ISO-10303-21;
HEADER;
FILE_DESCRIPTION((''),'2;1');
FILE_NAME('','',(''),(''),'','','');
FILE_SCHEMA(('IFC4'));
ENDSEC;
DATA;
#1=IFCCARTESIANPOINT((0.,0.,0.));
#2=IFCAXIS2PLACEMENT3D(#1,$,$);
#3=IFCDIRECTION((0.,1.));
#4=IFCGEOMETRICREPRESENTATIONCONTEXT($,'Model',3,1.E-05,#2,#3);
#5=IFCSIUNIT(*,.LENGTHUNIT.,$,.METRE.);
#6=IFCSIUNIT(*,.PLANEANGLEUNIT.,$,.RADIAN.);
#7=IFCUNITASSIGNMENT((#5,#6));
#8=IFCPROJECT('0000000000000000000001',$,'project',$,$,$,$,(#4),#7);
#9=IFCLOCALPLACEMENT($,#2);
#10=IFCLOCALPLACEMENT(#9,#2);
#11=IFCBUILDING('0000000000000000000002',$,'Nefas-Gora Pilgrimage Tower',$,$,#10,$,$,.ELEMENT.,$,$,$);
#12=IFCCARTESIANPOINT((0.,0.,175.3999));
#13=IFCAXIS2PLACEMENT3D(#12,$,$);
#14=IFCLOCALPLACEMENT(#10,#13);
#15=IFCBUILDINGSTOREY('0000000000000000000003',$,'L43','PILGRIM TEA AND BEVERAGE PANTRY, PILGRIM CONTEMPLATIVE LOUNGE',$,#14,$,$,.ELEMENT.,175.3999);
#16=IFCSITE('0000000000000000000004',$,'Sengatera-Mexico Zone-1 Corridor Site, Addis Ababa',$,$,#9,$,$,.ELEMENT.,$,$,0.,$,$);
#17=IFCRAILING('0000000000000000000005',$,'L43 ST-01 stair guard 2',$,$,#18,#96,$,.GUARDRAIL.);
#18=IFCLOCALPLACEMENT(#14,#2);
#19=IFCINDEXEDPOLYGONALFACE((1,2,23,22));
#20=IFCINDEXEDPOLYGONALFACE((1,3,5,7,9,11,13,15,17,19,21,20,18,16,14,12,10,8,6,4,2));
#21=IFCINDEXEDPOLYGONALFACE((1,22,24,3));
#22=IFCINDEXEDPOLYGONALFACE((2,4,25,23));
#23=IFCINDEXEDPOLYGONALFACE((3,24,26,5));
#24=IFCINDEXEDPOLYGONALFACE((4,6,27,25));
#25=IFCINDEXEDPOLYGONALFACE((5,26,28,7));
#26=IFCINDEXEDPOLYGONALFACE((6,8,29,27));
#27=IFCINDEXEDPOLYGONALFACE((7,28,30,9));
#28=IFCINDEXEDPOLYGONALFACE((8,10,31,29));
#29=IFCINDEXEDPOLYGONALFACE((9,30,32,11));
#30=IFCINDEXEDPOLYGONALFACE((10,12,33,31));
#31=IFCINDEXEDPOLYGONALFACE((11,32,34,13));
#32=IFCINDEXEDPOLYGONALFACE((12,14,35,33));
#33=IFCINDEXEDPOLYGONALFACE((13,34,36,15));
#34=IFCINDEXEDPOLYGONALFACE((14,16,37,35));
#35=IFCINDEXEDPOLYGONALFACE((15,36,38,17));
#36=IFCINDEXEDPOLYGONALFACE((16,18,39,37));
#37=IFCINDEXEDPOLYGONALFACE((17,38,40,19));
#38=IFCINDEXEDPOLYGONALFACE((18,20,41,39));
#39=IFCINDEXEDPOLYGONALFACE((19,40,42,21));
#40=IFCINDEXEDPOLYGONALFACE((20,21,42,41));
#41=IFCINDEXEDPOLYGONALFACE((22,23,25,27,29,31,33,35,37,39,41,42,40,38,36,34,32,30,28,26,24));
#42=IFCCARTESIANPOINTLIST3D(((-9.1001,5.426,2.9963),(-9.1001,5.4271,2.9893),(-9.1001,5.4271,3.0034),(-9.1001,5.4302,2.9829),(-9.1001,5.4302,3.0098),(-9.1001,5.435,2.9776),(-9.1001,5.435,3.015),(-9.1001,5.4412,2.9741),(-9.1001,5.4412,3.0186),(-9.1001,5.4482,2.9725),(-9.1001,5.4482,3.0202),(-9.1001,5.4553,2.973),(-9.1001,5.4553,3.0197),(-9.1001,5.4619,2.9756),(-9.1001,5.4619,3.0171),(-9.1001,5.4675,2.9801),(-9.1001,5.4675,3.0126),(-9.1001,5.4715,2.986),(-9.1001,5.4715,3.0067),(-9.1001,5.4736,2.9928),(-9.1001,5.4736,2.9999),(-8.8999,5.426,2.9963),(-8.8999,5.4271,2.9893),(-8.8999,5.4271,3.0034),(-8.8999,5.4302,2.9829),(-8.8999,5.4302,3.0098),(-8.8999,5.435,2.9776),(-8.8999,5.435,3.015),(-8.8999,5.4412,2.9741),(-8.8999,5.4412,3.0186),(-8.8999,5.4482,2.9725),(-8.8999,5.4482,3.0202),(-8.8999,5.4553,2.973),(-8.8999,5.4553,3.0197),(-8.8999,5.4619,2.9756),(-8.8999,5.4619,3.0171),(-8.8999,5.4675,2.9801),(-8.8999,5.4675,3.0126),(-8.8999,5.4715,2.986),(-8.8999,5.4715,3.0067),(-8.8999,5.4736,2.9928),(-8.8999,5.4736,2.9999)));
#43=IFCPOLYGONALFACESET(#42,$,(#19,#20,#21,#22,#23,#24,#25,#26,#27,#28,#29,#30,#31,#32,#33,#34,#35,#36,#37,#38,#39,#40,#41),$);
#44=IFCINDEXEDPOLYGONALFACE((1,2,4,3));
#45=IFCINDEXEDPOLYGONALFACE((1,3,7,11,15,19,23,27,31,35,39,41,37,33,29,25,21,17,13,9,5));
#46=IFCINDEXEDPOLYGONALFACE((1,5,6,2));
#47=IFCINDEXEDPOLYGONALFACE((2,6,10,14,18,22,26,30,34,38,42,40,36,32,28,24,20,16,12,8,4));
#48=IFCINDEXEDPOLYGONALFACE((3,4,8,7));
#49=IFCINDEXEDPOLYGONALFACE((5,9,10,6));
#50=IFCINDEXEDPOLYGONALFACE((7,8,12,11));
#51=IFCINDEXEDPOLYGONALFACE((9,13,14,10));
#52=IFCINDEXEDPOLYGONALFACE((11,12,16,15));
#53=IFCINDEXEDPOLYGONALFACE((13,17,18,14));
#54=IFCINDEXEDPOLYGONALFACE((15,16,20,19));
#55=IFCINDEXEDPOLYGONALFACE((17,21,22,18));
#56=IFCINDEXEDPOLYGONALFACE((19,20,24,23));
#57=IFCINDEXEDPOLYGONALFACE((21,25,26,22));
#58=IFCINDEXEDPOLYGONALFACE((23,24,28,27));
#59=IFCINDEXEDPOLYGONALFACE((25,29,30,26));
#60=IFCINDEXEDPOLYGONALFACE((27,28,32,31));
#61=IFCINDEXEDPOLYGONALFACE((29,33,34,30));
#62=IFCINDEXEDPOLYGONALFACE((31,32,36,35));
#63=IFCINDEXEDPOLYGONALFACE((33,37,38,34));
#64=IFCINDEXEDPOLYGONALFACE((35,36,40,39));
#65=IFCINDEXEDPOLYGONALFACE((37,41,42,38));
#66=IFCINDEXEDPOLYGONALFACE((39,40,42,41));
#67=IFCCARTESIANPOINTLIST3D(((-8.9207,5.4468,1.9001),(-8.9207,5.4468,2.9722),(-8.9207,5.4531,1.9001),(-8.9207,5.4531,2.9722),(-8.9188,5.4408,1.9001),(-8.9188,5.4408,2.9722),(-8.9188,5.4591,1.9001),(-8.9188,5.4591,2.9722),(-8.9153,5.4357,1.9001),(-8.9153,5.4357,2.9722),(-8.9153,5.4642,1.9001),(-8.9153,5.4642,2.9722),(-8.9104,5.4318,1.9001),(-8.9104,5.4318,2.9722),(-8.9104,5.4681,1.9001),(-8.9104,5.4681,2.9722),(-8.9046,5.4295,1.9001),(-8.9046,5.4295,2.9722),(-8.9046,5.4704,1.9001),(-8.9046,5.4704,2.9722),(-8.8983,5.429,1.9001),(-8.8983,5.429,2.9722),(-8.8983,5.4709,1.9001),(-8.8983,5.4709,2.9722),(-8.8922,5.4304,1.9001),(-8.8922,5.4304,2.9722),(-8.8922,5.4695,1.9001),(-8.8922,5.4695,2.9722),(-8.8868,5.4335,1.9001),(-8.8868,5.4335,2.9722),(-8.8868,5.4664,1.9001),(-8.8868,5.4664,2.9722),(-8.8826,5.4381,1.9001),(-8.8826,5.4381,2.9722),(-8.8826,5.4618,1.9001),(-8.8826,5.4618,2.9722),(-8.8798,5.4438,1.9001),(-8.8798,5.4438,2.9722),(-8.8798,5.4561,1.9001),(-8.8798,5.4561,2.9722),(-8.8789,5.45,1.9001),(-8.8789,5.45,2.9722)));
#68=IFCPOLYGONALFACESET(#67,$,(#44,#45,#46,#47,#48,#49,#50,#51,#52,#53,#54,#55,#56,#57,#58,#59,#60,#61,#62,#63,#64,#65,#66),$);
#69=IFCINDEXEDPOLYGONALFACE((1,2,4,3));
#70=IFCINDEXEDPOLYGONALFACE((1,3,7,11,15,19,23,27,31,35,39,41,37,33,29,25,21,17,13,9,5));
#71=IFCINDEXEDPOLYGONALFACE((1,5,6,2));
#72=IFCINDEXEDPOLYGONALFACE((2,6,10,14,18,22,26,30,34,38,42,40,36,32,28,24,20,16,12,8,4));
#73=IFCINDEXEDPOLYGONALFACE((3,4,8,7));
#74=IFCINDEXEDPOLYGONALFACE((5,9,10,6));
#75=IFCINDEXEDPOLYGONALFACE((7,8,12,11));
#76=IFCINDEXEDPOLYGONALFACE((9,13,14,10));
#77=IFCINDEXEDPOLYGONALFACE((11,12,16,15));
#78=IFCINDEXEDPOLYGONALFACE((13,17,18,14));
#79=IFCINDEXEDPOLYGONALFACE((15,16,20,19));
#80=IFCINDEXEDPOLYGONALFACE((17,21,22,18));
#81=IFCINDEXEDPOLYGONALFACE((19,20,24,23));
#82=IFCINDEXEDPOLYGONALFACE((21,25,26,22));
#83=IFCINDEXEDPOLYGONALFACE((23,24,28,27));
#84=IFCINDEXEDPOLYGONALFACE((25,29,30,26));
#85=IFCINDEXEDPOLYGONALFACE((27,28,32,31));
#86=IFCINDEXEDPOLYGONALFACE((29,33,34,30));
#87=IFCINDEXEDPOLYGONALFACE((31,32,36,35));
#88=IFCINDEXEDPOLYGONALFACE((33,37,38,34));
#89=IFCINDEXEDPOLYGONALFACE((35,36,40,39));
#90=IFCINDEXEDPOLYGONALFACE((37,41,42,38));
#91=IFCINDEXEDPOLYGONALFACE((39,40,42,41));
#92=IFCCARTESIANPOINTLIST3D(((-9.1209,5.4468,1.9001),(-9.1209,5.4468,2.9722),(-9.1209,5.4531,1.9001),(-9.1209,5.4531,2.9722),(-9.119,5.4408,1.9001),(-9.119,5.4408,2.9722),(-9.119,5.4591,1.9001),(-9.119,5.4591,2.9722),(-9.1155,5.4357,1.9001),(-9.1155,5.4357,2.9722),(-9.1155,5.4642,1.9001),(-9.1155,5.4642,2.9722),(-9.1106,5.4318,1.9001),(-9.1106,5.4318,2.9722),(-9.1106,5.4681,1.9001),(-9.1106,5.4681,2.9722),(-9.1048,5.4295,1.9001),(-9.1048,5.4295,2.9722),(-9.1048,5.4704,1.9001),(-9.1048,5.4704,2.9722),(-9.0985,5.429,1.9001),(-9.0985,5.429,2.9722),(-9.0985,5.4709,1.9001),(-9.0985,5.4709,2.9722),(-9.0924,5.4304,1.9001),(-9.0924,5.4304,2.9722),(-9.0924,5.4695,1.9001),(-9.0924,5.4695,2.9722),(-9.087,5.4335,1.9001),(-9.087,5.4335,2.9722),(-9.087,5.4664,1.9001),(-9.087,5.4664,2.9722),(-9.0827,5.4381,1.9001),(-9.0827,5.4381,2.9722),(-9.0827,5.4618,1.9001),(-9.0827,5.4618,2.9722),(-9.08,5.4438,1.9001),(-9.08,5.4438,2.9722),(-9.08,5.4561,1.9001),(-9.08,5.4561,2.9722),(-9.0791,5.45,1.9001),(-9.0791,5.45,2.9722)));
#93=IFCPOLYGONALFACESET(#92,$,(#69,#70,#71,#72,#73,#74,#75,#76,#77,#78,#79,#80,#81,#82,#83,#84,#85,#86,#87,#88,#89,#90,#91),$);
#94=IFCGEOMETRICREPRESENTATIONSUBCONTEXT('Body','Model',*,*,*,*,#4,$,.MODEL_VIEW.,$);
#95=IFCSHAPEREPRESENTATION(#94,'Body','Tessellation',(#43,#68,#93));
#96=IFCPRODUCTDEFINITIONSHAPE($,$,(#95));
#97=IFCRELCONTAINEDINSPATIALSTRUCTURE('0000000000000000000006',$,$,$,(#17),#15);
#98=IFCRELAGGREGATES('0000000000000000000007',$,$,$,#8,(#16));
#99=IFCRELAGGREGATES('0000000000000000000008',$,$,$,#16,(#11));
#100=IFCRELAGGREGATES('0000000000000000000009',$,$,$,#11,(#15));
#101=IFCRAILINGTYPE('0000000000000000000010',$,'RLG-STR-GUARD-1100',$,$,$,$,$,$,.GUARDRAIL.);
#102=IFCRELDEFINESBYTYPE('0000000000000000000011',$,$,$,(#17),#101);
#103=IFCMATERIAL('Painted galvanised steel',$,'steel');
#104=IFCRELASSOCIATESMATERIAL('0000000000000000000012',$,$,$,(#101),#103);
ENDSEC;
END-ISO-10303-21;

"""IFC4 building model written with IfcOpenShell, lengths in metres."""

from ifc_helpers import new_model, si_unit, direction, frame, origin, origin_2d, place, context, subcontext, project, spatial, circle, extrude, material, type_object, element, save


model = new_model("IFC4")

# Units and contexts
model_context = context("Model", 3, precision=1e-05, world=origin(), true_north=direction((0.0, 1.0)))
body_context = subcontext(model_context, "Body", "Model", "MODEL_VIEW")
ifc_project = project(units=[si_unit("LENGTHUNIT", "METRE"), si_unit("PLANEANGLEUNIT", "RADIAN")], contexts=[model_context])

# Site, building, storey
site_placement = place(None, origin())
site = spatial("IfcSite", under=ifc_project, at=site_placement, Name="Sengatera-Mexico Zone-1 Corridor Site, Addis Ababa", CompositionType="ELEMENT", RefElevation=0.0)
building_placement = place(site_placement, origin())
building = spatial("IfcBuilding", under=site, at=building_placement, Name="Nefas-Gora Pilgrimage Tower", CompositionType="ELEMENT")
storey_placement = place(building_placement, frame((0.0, 0.0, 175.3999)))
storey = spatial("IfcBuildingStorey", under=building, at=storey_placement, Name="L43", Description="PILGRIM TEA AND BEVERAGE PANTRY, PILGRIM CONTEMPLATIVE LOUNGE", CompositionType="ELEMENT", Elevation=175.3999)

# Railing
ifc_material_1 = material(Name="Painted galvanised steel", Category="steel")
railing_type_1 = type_object("IfcRailingType", Name="RLG-STR-GUARD-1100", PredefinedType="GUARDRAIL", material=ifc_material_1)
railing_1_placement = place(storey_placement, frame((-8.8999, 5.45, 1.9001)))
element("IfcRailing", 1, at=railing_1_placement, inside=storey, type_object=railing_type_1, Name="L43 ST-01 stair guard 2", PredefinedType="GUARDRAIL", context=body_context, shape_type="SweptSolid", body=[
    extrude(circle(Radius=0.0239, at=origin_2d()), frame((0.0, 0.0, 1.0962), z_axis=(-1.0, 0.0, 0.0), x_axis=(0.0, -1.0, 0.0)), (0.0, 0.0, 1.0), 0.2002),
    extrude(circle(Radius=0.021, at=origin_2d()), origin(), (0.0, 0.0, 1.0), 1.072),
    extrude(circle(Radius=0.021, at=origin_2d()), frame((-0.2002, 0.0, 0.0)), (0.0, 0.0, 1.0), 1.072),
])

save(model, "model.ifc")
